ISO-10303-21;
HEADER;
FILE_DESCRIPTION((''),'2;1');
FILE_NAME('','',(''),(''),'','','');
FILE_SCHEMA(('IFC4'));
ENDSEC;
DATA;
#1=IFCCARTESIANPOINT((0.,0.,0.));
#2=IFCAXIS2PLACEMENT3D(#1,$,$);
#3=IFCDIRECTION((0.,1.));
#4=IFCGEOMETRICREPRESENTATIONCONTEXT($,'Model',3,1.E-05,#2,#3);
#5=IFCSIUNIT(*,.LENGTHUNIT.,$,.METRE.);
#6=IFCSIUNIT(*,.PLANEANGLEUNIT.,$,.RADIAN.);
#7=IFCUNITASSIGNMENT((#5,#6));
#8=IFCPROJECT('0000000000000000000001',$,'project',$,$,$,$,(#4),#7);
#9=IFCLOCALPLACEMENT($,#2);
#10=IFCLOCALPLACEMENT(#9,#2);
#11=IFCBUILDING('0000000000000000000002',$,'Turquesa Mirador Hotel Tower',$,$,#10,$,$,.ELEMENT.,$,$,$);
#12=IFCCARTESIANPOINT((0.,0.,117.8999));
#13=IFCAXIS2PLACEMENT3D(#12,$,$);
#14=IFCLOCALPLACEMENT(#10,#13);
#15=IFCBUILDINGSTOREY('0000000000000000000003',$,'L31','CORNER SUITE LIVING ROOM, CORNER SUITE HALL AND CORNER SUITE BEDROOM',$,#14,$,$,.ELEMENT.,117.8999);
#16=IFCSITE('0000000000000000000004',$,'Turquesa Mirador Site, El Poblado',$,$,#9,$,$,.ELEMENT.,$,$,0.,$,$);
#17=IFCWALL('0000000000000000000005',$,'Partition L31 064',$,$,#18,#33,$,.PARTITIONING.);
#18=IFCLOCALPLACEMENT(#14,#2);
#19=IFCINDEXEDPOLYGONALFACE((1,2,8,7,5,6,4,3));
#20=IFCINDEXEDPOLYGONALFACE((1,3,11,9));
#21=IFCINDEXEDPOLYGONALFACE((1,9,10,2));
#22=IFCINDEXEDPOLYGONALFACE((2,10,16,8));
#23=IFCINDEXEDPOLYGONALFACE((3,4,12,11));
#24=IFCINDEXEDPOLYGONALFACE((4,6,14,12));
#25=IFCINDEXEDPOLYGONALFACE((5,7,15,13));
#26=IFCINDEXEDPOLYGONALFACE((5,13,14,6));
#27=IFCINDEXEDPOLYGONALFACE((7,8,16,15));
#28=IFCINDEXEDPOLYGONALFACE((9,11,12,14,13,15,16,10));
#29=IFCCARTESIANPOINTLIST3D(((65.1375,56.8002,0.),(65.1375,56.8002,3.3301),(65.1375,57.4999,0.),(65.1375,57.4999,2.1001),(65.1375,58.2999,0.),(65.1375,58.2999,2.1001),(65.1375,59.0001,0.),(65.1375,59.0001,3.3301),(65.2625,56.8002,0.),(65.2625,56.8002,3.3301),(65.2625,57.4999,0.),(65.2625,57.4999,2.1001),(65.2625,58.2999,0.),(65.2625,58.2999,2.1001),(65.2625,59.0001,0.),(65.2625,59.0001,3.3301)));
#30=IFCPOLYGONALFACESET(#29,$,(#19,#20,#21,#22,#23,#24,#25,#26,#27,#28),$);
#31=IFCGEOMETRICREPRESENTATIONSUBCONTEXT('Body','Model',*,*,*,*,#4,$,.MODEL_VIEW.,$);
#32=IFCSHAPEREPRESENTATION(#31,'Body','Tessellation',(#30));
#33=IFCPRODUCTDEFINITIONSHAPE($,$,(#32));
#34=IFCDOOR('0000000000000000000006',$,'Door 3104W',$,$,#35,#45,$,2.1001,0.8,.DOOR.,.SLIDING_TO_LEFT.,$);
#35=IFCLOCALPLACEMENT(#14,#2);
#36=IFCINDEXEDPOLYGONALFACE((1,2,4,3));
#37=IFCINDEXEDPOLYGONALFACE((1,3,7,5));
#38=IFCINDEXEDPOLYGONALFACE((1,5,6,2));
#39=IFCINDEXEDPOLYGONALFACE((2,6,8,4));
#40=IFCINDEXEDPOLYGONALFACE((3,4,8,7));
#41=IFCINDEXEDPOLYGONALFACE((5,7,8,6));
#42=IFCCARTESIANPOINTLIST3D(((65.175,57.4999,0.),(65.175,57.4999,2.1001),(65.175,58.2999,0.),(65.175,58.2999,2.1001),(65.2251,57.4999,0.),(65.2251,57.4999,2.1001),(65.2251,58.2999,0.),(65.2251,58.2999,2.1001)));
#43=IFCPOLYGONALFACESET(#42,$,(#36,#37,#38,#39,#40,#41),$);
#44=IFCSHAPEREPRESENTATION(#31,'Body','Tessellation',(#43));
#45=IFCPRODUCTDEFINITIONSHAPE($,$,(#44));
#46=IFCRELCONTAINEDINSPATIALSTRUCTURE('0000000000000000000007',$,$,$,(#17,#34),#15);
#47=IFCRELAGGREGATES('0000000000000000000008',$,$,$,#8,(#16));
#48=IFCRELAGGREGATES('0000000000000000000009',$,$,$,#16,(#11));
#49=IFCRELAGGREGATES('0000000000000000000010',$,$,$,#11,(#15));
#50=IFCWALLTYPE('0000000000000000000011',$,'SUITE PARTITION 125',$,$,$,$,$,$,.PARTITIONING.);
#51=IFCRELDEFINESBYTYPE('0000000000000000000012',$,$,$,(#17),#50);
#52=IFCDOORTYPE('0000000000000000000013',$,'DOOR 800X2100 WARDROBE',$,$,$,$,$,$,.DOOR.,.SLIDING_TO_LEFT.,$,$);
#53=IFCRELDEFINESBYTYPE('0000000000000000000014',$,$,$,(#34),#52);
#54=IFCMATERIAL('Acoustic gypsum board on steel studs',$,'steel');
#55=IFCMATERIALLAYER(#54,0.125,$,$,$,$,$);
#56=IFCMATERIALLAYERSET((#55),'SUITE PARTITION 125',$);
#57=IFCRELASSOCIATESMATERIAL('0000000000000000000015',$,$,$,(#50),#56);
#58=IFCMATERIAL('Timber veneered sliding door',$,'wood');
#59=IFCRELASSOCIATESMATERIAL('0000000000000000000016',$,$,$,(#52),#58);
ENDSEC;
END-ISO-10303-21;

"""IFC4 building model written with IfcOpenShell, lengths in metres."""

from ifc_helpers import new_model, si_unit, direction, frame, frame_2d, origin, place, context, subcontext, project, spatial, rectangle, extrude, material, layer, layer_set, type_object, element, fill, save


model = new_model("IFC4")

# Units and contexts
model_context = context("Model", 3, precision=1e-05, world=origin(), true_north=direction((0.0, 1.0)))
body_context = subcontext(model_context, "Body", "Model", "MODEL_VIEW")
ifc_project = project(units=[si_unit("LENGTHUNIT", "METRE"), si_unit("PLANEANGLEUNIT", "RADIAN")], contexts=[model_context])

# Site, building, storey
site_placement = place(None, origin())
site = spatial("IfcSite", under=ifc_project, at=site_placement, Name="Turquesa Mirador Site, El Poblado", CompositionType="ELEMENT", RefElevation=0.0)
building_placement = place(site_placement, origin())
building = spatial("IfcBuilding", under=site, at=building_placement, Name="Turquesa Mirador Hotel Tower", CompositionType="ELEMENT")
storey_placement = place(building_placement, frame((0.0, 0.0, 117.8999)))
storey = spatial("IfcBuildingStorey", under=building, at=storey_placement, Name="L31", Description="CORNER SUITE LIVING ROOM, CORNER SUITE HALL AND CORNER SUITE BEDROOM", CompositionType="ELEMENT", Elevation=117.8999)

# Shared definitions
ifc_material_1 = material(Name="Acoustic gypsum board on steel studs", Category="steel")
ifc_layer_1 = layer(ifc_material_1, 0.125)
ifc_layer_set_1 = layer_set([ifc_layer_1], Name="SUITE PARTITION 125")
wall_type_1 = type_object("IfcWallType", Name="SUITE PARTITION 125", PredefinedType="PARTITIONING", material=ifc_layer_set_1)

# Wall, opening, door
wall_1_placement = place(storey_placement, frame((65.2, 56.8, 0.0), z_axis=(0.0, 0.0, 1.0), x_axis=(0.0, 1.0, 0.0)))
wall_1 = element("IfcWall", 1, at=wall_1_placement, inside=storey, type_object=wall_type_1, Name="Partition L31 064", PredefinedType="PARTITIONING", context=body_context, shape_type="SweptSolid", body=[
    extrude(rectangle(XDim=2.2, YDim=0.125, at=frame_2d((1.1001, 0.0))), origin(), (0.0, 0.0, 1.0), 3.3301),
])
opening_1_placement = place(wall_1_placement, frame((0.7, 0.0, 0.0)))
opening_1 = element("IfcOpeningElement", 2, at=opening_1_placement, cuts=wall_1, PredefinedType="OPENING", context=body_context, shape_type="SweptSolid", body=[
    extrude(rectangle(XDim=0.8, YDim=2.1001, at=frame_2d((0.3999, 1.05))), frame((0.0, 0.0725, 0.0), z_axis=(0.0, -1.0, 0.0), x_axis=(1.0, 0.0, 0.0)), (0.0, 0.0, 1.0), 0.145),
])
ifc_material_2 = material(Name="Timber veneered sliding door", Category="wood")
door_type_1 = type_object("IfcDoorType", Name="DOOR 800X2100 WARDROBE", OperationType="SLIDING_TO_LEFT", PredefinedType="DOOR", material=ifc_material_2)
door_1_placement = place(opening_1_placement, origin())
door_1 = element("IfcDoor", 3, at=door_1_placement, inside=storey, type_object=door_type_1, Name="Door 3104W", OperationType="SLIDING_TO_LEFT", OverallHeight=2.1001, OverallWidth=0.8, PredefinedType="DOOR", context=body_context, shape_type="SweptSolid", body=[
    extrude(rectangle(XDim=0.8, YDim=2.1001, at=frame_2d((0.3999, 1.05))), frame((0.0, 0.0249, 0.0), z_axis=(0.0, -1.0, 0.0), x_axis=(1.0, 0.0, 0.0)), (0.0, 0.0, 1.0), 0.05),
])
fill(opening_1, door_1)

save(model, "model.ifc")
